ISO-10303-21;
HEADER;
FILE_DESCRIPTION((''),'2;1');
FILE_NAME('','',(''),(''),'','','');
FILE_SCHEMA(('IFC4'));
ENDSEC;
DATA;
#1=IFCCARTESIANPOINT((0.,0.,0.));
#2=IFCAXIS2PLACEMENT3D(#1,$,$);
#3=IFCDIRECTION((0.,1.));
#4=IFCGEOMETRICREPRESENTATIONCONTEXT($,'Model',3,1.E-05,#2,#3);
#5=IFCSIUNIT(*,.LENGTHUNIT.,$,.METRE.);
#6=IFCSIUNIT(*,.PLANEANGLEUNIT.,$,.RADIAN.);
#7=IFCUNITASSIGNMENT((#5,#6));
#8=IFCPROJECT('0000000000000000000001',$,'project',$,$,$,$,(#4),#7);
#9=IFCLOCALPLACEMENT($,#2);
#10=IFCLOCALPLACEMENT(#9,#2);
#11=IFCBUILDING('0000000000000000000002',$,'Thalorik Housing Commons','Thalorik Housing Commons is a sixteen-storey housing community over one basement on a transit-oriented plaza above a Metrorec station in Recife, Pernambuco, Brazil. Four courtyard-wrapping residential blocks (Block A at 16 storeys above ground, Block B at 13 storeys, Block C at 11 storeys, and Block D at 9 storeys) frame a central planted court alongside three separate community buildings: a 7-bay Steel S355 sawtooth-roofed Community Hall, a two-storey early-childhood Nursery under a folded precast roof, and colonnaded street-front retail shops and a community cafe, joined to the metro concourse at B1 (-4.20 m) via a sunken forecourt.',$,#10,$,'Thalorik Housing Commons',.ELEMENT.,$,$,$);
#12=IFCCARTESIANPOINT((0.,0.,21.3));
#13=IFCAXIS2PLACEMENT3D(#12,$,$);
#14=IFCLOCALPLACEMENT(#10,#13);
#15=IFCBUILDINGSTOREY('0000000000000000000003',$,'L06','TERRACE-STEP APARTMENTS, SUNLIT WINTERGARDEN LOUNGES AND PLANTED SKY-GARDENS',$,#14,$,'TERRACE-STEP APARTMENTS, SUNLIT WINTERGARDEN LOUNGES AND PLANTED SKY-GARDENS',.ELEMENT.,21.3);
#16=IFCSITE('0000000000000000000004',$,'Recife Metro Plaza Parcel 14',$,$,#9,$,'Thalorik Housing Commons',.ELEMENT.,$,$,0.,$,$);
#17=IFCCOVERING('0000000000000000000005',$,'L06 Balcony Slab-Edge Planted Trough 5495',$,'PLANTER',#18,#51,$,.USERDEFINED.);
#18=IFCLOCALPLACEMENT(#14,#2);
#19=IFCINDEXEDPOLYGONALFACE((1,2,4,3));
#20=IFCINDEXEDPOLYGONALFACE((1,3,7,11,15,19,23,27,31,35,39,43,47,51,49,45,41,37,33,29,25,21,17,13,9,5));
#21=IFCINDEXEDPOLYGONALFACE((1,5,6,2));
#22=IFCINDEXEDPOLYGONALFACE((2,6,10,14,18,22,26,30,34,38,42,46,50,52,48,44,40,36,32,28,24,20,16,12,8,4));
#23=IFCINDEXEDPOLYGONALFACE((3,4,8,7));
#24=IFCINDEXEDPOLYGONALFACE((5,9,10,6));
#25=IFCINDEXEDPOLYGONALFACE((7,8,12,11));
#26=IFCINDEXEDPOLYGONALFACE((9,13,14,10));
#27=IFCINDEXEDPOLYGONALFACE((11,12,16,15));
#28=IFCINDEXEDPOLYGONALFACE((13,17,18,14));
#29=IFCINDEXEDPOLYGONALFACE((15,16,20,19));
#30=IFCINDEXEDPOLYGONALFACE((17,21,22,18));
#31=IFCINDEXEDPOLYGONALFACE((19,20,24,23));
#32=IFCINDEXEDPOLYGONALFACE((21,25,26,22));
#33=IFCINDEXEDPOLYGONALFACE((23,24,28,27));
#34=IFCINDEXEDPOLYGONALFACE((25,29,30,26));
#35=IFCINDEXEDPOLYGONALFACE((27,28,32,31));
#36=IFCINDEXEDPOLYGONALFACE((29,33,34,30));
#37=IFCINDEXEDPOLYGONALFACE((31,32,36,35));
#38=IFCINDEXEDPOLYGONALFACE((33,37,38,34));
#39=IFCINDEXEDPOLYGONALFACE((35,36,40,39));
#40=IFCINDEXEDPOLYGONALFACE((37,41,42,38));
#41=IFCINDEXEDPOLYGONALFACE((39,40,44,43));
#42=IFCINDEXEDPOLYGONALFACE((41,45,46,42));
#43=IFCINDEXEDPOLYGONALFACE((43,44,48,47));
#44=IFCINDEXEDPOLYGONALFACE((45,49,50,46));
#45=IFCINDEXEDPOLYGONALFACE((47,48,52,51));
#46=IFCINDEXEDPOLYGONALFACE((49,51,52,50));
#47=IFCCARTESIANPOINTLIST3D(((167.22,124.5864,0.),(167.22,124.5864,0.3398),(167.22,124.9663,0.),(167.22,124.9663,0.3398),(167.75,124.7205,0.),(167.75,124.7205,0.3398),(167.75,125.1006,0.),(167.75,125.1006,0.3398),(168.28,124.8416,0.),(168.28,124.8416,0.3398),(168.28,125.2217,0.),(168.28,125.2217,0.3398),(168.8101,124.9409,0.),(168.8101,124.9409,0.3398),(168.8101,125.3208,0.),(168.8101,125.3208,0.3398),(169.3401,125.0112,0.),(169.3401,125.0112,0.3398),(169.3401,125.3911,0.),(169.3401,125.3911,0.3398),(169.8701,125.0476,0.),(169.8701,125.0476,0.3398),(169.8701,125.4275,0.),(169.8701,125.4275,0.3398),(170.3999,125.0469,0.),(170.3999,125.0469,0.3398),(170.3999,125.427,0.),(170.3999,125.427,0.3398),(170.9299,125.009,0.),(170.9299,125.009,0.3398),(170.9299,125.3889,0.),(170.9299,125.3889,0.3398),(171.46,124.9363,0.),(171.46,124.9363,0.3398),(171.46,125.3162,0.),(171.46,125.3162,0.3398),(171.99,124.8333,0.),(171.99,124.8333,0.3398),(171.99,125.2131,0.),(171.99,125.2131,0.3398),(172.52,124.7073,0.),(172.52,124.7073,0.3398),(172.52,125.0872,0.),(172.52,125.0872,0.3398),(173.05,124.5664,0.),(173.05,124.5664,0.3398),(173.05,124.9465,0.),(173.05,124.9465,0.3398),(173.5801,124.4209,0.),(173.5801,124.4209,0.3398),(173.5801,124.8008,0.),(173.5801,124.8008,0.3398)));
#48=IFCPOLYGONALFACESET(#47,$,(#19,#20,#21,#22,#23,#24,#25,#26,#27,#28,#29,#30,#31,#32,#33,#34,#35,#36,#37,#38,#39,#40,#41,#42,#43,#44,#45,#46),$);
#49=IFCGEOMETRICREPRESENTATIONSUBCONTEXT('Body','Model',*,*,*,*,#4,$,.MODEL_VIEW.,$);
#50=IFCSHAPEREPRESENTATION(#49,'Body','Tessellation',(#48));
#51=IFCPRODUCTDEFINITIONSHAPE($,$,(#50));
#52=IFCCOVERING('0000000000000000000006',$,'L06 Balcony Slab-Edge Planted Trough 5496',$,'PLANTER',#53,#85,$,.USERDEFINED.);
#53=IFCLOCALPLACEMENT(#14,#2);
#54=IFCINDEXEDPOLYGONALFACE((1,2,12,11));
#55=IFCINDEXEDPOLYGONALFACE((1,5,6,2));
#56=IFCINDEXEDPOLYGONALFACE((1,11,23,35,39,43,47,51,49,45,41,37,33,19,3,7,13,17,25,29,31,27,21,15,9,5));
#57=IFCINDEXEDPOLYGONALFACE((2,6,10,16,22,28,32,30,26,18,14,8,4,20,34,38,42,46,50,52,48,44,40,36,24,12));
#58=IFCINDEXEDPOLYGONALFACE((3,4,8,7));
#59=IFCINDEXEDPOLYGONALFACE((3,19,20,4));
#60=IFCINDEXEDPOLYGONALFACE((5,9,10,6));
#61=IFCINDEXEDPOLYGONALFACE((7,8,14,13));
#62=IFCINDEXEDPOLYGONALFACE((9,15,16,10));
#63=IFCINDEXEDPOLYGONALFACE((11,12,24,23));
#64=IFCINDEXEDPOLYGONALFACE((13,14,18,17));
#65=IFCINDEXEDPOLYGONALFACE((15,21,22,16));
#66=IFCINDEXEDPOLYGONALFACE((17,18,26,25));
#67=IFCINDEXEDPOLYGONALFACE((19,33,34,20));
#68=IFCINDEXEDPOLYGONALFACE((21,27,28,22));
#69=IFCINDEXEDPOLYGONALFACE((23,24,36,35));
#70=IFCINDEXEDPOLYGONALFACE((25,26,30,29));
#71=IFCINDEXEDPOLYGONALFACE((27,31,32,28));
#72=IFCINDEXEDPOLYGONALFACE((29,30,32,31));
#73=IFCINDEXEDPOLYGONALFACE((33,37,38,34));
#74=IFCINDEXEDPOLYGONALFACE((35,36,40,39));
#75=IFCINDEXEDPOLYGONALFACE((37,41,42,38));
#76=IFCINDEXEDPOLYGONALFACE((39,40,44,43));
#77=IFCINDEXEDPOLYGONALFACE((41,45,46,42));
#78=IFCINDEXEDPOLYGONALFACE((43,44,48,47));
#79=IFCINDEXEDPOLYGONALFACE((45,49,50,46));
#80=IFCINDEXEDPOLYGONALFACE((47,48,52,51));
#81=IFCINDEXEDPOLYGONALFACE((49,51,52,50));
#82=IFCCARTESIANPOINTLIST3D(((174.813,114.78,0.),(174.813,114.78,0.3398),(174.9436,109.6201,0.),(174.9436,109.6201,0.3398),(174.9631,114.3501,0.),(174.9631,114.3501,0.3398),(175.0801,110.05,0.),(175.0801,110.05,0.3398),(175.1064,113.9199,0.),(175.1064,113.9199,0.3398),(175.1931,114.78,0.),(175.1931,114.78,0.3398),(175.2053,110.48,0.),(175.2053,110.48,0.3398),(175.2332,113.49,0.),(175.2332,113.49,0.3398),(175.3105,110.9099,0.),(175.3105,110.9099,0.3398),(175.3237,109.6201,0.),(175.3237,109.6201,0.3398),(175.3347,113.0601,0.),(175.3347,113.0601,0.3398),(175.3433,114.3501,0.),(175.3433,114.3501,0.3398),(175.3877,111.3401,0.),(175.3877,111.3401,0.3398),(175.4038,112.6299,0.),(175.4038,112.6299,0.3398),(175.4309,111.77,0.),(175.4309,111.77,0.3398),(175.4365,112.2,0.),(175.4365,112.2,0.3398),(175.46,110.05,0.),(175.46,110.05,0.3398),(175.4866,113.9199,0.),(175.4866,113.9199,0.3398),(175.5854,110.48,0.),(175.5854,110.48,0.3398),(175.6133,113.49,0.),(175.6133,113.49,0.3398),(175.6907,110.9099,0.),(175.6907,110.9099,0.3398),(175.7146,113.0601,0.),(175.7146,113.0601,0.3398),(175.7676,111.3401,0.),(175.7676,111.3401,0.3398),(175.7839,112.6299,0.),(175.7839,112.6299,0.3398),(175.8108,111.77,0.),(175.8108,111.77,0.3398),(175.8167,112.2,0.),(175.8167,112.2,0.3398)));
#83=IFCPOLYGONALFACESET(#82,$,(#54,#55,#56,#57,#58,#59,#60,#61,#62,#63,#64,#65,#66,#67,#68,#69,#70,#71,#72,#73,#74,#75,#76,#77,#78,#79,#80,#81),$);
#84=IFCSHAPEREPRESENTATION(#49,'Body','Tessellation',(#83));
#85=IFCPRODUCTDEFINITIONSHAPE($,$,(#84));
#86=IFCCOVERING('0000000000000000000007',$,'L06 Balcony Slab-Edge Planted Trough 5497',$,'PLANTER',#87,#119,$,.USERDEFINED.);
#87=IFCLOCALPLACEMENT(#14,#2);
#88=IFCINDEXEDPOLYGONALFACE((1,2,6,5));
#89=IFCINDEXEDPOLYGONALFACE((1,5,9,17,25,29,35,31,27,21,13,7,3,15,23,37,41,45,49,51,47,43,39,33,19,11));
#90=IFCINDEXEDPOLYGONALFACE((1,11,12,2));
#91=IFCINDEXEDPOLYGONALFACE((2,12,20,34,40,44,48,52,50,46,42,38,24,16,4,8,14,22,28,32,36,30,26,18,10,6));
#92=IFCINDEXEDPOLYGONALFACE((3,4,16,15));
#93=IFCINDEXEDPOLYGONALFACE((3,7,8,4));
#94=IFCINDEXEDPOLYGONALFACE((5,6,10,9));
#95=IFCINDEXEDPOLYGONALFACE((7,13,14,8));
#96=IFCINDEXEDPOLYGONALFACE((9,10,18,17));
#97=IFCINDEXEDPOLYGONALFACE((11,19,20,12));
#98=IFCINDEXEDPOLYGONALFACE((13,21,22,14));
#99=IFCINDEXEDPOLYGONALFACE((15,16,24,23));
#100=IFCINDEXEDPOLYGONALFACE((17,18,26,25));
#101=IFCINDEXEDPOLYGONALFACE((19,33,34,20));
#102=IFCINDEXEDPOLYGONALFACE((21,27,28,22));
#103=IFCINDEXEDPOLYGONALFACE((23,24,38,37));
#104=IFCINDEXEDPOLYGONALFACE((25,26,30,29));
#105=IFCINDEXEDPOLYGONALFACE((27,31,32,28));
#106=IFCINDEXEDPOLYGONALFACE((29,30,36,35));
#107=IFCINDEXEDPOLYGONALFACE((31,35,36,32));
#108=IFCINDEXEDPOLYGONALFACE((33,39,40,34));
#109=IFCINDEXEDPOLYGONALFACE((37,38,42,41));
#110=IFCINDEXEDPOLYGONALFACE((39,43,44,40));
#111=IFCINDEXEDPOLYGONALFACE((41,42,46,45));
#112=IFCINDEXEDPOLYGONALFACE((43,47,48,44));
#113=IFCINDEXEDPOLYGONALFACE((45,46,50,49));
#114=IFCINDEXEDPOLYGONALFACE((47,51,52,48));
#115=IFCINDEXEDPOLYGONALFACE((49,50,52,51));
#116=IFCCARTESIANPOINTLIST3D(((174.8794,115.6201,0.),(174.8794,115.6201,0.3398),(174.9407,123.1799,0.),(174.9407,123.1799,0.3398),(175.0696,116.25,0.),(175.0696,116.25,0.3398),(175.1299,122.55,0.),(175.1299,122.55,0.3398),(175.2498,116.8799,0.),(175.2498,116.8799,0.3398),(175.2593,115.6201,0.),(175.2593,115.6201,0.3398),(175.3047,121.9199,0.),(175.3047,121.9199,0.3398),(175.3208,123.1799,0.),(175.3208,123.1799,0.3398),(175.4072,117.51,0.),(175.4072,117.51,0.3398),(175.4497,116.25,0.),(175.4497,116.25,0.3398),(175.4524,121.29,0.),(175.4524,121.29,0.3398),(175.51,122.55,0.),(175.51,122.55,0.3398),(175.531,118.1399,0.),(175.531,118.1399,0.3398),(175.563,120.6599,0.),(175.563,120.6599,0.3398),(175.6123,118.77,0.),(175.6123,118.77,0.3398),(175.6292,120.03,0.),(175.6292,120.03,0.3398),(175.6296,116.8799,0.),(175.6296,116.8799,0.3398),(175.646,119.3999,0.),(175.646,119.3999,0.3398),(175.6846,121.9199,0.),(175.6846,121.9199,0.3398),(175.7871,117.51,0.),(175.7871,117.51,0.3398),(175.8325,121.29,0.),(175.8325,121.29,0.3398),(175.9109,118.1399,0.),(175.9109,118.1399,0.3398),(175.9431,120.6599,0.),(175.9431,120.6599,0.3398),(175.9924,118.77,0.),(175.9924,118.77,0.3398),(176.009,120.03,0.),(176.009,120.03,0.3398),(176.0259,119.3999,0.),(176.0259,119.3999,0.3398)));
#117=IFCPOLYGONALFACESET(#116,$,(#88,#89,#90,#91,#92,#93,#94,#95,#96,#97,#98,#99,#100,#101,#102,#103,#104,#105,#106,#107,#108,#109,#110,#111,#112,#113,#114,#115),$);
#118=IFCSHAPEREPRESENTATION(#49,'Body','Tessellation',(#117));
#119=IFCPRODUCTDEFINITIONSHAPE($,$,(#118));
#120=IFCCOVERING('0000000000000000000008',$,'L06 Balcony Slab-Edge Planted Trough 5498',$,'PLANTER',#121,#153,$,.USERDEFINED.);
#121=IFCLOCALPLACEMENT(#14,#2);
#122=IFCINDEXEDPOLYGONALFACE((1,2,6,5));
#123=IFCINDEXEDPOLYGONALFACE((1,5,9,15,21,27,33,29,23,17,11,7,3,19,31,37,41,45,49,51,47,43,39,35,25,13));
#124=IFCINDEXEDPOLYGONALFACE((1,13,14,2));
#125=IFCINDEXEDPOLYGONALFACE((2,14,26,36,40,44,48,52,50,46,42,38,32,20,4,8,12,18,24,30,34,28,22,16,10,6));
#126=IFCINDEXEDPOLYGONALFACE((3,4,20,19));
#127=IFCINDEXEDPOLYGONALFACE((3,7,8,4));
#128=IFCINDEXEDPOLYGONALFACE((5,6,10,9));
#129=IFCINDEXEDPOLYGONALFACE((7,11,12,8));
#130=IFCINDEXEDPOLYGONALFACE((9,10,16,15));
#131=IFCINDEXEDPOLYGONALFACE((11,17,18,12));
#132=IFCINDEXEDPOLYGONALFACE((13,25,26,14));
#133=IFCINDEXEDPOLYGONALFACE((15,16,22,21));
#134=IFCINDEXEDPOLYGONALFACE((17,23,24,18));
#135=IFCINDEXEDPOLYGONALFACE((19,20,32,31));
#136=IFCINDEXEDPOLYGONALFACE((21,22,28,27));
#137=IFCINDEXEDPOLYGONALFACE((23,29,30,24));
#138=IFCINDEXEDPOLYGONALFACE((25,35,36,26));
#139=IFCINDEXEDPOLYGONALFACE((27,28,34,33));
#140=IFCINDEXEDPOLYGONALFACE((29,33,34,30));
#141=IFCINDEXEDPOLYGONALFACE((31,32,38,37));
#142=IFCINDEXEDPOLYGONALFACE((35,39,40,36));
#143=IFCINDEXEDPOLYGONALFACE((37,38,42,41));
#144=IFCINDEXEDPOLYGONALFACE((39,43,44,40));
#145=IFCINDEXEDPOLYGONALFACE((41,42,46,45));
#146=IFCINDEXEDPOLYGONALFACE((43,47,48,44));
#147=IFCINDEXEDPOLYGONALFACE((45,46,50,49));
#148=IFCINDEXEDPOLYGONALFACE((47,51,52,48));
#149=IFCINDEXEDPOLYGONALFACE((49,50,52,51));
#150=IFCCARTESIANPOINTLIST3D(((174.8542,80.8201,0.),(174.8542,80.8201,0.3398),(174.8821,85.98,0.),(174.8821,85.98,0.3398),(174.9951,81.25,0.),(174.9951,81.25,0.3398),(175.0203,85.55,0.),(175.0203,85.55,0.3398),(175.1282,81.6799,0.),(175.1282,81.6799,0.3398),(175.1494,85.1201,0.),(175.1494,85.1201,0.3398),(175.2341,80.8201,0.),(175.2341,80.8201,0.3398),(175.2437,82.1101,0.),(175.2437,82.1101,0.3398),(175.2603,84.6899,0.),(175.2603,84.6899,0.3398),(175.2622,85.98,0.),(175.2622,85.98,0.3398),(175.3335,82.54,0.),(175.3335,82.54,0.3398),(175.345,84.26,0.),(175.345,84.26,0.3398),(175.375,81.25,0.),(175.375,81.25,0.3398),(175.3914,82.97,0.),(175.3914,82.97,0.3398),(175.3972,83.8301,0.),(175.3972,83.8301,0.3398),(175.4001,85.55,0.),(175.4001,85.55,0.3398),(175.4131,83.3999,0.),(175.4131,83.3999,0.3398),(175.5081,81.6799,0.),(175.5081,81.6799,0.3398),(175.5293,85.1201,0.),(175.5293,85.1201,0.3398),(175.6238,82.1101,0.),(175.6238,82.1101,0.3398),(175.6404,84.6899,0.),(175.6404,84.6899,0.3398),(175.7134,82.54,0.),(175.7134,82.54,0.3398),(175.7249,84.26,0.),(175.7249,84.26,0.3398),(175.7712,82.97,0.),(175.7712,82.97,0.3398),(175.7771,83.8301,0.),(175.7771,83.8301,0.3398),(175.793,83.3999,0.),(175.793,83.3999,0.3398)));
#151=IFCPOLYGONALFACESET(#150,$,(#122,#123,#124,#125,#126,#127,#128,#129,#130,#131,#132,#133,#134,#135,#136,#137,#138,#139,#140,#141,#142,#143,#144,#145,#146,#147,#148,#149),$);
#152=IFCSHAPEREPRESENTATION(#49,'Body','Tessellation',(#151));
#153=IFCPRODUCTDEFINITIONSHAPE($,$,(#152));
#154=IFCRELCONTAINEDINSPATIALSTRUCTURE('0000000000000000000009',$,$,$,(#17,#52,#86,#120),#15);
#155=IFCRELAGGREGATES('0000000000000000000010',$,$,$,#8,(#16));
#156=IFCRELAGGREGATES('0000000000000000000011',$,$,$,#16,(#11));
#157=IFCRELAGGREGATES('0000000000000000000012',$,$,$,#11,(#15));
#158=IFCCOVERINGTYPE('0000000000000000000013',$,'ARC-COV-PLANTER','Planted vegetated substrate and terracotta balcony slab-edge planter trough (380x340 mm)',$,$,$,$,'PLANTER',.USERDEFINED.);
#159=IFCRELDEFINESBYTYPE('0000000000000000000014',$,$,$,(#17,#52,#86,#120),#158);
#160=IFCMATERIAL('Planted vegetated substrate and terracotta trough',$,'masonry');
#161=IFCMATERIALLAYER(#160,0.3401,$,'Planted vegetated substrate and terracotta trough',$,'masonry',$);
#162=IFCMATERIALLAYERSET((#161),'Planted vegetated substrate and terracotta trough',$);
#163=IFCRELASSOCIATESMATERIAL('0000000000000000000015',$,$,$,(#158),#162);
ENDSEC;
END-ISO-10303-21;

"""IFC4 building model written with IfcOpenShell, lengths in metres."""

from ifc_helpers import new_model, si_unit, direction, frame, origin, place, context, subcontext, project, spatial, polyline, outline, extrude, material, layer, layer_set, type_object, element, save


model = new_model("IFC4")

# Units and contexts
model_context = context("Model", 3, precision=1e-05, world=origin(), true_north=direction((0.0, 1.0)))
body_context = subcontext(model_context, "Body", "Model", "MODEL_VIEW")
ifc_project = project(units=[si_unit("LENGTHUNIT", "METRE"), si_unit("PLANEANGLEUNIT", "RADIAN")], contexts=[model_context])

# Site, building, storey
site_placement = place(None, origin())
site = spatial("IfcSite", under=ifc_project, at=site_placement, Name="Recife Metro Plaza Parcel 14", LongName="Thalorik Housing Commons", CompositionType="ELEMENT", RefElevation=0.0)
building_placement = place(site_placement, origin())
building = spatial("IfcBuilding", under=site, at=building_placement, Name="Thalorik Housing Commons", Description="Thalorik Housing Commons is a sixteen-storey housing community over one basement on a transit-oriented plaza above a Metrorec station in Recife, Pernambuco, Brazil. Four courtyard-wrapping residential blocks (Block A at 16 storeys above ground, Block B at 13 storeys, Block C at 11 storeys, and Block D at 9 storeys) frame a central planted court alongside three separate community buildings: a 7-bay Steel S355 sawtooth-roofed Community Hall, a two-storey early-childhood Nursery under a folded precast roof, and colonnaded street-front retail shops and a community cafe, joined to the metro concourse at B1 (-4.20 m) via a sunken forecourt.", LongName="Thalorik Housing Commons", CompositionType="ELEMENT")
storey_placement = place(building_placement, frame((0.0, 0.0, 21.3)))
storey = spatial("IfcBuildingStorey", under=building, at=storey_placement, Name="L06", Description="TERRACE-STEP APARTMENTS, SUNLIT WINTERGARDEN LOUNGES AND PLANTED SKY-GARDENS", LongName="TERRACE-STEP APARTMENTS, SUNLIT WINTERGARDEN LOUNGES AND PLANTED SKY-GARDENS", CompositionType="ELEMENT", Elevation=21.3)

# Coverings
ifc_material = material(Name="Planted vegetated substrate and terracotta trough", Category="masonry")
ifc_layer = layer(ifc_material, 0.3401, Name="Planted vegetated substrate and terracotta trough", Category="masonry")
ifc_layer_set = layer_set([ifc_layer], Name="Planted vegetated substrate and terracotta trough")
covering_type = type_object("IfcCoveringType", Name="ARC-COV-PLANTER", Description="Planted vegetated substrate and terracotta balcony slab-edge planter trough (380x340 mm)", ElementType="PLANTER", PredefinedType="USERDEFINED", material=ifc_layer_set)
covering_1_placement = place(storey_placement, origin())
element("IfcCovering", 1, at=covering_1_placement, inside=storey, type_object=covering_type, Name="L06 Balcony Slab-Edge Planted Trough 5495", ObjectType="PLANTER", PredefinedType="USERDEFINED", context=body_context, shape_type="SweptSolid", body=[
    extrude(outline(polyline([(173.5801, 124.8008), (173.05, 124.9465), (172.52, 125.0872), (171.99, 125.2131), (171.46, 125.3162), (170.9299, 125.3889), (170.3999, 125.427), (169.8701, 125.4275), (169.3401, 125.3911), (168.8101, 125.3208), (168.28, 125.2217), (167.75, 125.1006), (167.22, 124.9663), (167.22, 124.5864), (167.75, 124.7205), (168.28, 124.8416), (168.8101, 124.9409), (169.3401, 125.0112), (169.8701, 125.0476), (170.3999, 125.0469), (170.9299, 125.009), (171.46, 124.9363), (171.99, 124.8333), (172.52, 124.7073), (173.05, 124.5664), (173.5801, 124.4209), (173.5801, 124.8008)])), origin(), (0.0, 0.0, 1.0), 0.3398),
])
covering_2_placement = place(storey_placement, origin())
element("IfcCovering", 2, at=covering_2_placement, inside=storey, type_object=covering_type, Name="L06 Balcony Slab-Edge Planted Trough 5496", ObjectType="PLANTER", PredefinedType="USERDEFINED", context=body_context, shape_type="SweptSolid", body=[
    extrude(outline(polyline([(175.3237, 109.6201), (175.46, 110.05), (175.5854, 110.48), (175.6907, 110.9099), (175.7676, 111.3401), (175.8108, 111.77), (175.8167, 112.2), (175.7839, 112.6299), (175.7146, 113.0601), (175.6133, 113.49), (175.4866, 113.9199), (175.3433, 114.3501), (175.1931, 114.78), (174.813, 114.78), (174.9631, 114.3501), (175.1064, 113.9199), (175.2332, 113.49), (175.3347, 113.0601), (175.4038, 112.6299), (175.4365, 112.2), (175.4309, 111.77), (175.3877, 111.3401), (175.3105, 110.9099), (175.2053, 110.48), (175.0801, 110.05), (174.9436, 109.6201), (175.3237, 109.6201)])), origin(), (0.0, 0.0, 1.0), 0.3398),
])
covering_3_placement = place(storey_placement, origin())
element("IfcCovering", 3, at=covering_3_placement, inside=storey, type_object=covering_type, Name="L06 Balcony Slab-Edge Planted Trough 5497", ObjectType="PLANTER", PredefinedType="USERDEFINED", context=body_context, shape_type="SweptSolid", body=[
    extrude(outline(polyline([(175.2593, 115.6201), (175.4497, 116.25), (175.6296, 116.8799), (175.7871, 117.51), (175.9109, 118.1399), (175.9924, 118.77), (176.0259, 119.3999), (176.009, 120.03), (175.9431, 120.6599), (175.8325, 121.29), (175.6846, 121.9199), (175.51, 122.55), (175.3208, 123.1799), (174.9407, 123.1799), (175.1299, 122.55), (175.3047, 121.9199), (175.4524, 121.29), (175.563, 120.6599), (175.6292, 120.03), (175.646, 119.3999), (175.6123, 118.77), (175.531, 118.1399), (175.4072, 117.51), (175.2498, 116.8799), (175.0696, 116.25), (174.8794, 115.6201), (175.2593, 115.6201)])), origin(), (0.0, 0.0, 1.0), 0.3398),
])
covering_4_placement = place(storey_placement, origin())
element("IfcCovering", 4, at=covering_4_placement, inside=storey, type_object=covering_type, Name="L06 Balcony Slab-Edge Planted Trough 5498", ObjectType="PLANTER", PredefinedType="USERDEFINED", context=body_context, shape_type="SweptSolid", body=[
    extrude(outline(polyline([(175.2341, 80.8201), (175.375, 81.25), (175.5081, 81.6799), (175.6238, 82.1101), (175.7134, 82.54), (175.7712, 82.97), (175.793, 83.3999), (175.7771, 83.8301), (175.7249, 84.26), (175.6404, 84.6899), (175.5293, 85.1201), (175.4001, 85.55), (175.2622, 85.98), (174.8821, 85.98), (175.0203, 85.55), (175.1494, 85.1201), (175.2603, 84.6899), (175.345, 84.26), (175.3972, 83.8301), (175.4131, 83.3999), (175.3914, 82.97), (175.3335, 82.54), (175.2437, 82.1101), (175.1282, 81.6799), (174.9951, 81.25), (174.8542, 80.8201), (175.2341, 80.8201)])), origin(), (0.0, 0.0, 1.0), 0.3398),
])

save(model, "model.ifc")
